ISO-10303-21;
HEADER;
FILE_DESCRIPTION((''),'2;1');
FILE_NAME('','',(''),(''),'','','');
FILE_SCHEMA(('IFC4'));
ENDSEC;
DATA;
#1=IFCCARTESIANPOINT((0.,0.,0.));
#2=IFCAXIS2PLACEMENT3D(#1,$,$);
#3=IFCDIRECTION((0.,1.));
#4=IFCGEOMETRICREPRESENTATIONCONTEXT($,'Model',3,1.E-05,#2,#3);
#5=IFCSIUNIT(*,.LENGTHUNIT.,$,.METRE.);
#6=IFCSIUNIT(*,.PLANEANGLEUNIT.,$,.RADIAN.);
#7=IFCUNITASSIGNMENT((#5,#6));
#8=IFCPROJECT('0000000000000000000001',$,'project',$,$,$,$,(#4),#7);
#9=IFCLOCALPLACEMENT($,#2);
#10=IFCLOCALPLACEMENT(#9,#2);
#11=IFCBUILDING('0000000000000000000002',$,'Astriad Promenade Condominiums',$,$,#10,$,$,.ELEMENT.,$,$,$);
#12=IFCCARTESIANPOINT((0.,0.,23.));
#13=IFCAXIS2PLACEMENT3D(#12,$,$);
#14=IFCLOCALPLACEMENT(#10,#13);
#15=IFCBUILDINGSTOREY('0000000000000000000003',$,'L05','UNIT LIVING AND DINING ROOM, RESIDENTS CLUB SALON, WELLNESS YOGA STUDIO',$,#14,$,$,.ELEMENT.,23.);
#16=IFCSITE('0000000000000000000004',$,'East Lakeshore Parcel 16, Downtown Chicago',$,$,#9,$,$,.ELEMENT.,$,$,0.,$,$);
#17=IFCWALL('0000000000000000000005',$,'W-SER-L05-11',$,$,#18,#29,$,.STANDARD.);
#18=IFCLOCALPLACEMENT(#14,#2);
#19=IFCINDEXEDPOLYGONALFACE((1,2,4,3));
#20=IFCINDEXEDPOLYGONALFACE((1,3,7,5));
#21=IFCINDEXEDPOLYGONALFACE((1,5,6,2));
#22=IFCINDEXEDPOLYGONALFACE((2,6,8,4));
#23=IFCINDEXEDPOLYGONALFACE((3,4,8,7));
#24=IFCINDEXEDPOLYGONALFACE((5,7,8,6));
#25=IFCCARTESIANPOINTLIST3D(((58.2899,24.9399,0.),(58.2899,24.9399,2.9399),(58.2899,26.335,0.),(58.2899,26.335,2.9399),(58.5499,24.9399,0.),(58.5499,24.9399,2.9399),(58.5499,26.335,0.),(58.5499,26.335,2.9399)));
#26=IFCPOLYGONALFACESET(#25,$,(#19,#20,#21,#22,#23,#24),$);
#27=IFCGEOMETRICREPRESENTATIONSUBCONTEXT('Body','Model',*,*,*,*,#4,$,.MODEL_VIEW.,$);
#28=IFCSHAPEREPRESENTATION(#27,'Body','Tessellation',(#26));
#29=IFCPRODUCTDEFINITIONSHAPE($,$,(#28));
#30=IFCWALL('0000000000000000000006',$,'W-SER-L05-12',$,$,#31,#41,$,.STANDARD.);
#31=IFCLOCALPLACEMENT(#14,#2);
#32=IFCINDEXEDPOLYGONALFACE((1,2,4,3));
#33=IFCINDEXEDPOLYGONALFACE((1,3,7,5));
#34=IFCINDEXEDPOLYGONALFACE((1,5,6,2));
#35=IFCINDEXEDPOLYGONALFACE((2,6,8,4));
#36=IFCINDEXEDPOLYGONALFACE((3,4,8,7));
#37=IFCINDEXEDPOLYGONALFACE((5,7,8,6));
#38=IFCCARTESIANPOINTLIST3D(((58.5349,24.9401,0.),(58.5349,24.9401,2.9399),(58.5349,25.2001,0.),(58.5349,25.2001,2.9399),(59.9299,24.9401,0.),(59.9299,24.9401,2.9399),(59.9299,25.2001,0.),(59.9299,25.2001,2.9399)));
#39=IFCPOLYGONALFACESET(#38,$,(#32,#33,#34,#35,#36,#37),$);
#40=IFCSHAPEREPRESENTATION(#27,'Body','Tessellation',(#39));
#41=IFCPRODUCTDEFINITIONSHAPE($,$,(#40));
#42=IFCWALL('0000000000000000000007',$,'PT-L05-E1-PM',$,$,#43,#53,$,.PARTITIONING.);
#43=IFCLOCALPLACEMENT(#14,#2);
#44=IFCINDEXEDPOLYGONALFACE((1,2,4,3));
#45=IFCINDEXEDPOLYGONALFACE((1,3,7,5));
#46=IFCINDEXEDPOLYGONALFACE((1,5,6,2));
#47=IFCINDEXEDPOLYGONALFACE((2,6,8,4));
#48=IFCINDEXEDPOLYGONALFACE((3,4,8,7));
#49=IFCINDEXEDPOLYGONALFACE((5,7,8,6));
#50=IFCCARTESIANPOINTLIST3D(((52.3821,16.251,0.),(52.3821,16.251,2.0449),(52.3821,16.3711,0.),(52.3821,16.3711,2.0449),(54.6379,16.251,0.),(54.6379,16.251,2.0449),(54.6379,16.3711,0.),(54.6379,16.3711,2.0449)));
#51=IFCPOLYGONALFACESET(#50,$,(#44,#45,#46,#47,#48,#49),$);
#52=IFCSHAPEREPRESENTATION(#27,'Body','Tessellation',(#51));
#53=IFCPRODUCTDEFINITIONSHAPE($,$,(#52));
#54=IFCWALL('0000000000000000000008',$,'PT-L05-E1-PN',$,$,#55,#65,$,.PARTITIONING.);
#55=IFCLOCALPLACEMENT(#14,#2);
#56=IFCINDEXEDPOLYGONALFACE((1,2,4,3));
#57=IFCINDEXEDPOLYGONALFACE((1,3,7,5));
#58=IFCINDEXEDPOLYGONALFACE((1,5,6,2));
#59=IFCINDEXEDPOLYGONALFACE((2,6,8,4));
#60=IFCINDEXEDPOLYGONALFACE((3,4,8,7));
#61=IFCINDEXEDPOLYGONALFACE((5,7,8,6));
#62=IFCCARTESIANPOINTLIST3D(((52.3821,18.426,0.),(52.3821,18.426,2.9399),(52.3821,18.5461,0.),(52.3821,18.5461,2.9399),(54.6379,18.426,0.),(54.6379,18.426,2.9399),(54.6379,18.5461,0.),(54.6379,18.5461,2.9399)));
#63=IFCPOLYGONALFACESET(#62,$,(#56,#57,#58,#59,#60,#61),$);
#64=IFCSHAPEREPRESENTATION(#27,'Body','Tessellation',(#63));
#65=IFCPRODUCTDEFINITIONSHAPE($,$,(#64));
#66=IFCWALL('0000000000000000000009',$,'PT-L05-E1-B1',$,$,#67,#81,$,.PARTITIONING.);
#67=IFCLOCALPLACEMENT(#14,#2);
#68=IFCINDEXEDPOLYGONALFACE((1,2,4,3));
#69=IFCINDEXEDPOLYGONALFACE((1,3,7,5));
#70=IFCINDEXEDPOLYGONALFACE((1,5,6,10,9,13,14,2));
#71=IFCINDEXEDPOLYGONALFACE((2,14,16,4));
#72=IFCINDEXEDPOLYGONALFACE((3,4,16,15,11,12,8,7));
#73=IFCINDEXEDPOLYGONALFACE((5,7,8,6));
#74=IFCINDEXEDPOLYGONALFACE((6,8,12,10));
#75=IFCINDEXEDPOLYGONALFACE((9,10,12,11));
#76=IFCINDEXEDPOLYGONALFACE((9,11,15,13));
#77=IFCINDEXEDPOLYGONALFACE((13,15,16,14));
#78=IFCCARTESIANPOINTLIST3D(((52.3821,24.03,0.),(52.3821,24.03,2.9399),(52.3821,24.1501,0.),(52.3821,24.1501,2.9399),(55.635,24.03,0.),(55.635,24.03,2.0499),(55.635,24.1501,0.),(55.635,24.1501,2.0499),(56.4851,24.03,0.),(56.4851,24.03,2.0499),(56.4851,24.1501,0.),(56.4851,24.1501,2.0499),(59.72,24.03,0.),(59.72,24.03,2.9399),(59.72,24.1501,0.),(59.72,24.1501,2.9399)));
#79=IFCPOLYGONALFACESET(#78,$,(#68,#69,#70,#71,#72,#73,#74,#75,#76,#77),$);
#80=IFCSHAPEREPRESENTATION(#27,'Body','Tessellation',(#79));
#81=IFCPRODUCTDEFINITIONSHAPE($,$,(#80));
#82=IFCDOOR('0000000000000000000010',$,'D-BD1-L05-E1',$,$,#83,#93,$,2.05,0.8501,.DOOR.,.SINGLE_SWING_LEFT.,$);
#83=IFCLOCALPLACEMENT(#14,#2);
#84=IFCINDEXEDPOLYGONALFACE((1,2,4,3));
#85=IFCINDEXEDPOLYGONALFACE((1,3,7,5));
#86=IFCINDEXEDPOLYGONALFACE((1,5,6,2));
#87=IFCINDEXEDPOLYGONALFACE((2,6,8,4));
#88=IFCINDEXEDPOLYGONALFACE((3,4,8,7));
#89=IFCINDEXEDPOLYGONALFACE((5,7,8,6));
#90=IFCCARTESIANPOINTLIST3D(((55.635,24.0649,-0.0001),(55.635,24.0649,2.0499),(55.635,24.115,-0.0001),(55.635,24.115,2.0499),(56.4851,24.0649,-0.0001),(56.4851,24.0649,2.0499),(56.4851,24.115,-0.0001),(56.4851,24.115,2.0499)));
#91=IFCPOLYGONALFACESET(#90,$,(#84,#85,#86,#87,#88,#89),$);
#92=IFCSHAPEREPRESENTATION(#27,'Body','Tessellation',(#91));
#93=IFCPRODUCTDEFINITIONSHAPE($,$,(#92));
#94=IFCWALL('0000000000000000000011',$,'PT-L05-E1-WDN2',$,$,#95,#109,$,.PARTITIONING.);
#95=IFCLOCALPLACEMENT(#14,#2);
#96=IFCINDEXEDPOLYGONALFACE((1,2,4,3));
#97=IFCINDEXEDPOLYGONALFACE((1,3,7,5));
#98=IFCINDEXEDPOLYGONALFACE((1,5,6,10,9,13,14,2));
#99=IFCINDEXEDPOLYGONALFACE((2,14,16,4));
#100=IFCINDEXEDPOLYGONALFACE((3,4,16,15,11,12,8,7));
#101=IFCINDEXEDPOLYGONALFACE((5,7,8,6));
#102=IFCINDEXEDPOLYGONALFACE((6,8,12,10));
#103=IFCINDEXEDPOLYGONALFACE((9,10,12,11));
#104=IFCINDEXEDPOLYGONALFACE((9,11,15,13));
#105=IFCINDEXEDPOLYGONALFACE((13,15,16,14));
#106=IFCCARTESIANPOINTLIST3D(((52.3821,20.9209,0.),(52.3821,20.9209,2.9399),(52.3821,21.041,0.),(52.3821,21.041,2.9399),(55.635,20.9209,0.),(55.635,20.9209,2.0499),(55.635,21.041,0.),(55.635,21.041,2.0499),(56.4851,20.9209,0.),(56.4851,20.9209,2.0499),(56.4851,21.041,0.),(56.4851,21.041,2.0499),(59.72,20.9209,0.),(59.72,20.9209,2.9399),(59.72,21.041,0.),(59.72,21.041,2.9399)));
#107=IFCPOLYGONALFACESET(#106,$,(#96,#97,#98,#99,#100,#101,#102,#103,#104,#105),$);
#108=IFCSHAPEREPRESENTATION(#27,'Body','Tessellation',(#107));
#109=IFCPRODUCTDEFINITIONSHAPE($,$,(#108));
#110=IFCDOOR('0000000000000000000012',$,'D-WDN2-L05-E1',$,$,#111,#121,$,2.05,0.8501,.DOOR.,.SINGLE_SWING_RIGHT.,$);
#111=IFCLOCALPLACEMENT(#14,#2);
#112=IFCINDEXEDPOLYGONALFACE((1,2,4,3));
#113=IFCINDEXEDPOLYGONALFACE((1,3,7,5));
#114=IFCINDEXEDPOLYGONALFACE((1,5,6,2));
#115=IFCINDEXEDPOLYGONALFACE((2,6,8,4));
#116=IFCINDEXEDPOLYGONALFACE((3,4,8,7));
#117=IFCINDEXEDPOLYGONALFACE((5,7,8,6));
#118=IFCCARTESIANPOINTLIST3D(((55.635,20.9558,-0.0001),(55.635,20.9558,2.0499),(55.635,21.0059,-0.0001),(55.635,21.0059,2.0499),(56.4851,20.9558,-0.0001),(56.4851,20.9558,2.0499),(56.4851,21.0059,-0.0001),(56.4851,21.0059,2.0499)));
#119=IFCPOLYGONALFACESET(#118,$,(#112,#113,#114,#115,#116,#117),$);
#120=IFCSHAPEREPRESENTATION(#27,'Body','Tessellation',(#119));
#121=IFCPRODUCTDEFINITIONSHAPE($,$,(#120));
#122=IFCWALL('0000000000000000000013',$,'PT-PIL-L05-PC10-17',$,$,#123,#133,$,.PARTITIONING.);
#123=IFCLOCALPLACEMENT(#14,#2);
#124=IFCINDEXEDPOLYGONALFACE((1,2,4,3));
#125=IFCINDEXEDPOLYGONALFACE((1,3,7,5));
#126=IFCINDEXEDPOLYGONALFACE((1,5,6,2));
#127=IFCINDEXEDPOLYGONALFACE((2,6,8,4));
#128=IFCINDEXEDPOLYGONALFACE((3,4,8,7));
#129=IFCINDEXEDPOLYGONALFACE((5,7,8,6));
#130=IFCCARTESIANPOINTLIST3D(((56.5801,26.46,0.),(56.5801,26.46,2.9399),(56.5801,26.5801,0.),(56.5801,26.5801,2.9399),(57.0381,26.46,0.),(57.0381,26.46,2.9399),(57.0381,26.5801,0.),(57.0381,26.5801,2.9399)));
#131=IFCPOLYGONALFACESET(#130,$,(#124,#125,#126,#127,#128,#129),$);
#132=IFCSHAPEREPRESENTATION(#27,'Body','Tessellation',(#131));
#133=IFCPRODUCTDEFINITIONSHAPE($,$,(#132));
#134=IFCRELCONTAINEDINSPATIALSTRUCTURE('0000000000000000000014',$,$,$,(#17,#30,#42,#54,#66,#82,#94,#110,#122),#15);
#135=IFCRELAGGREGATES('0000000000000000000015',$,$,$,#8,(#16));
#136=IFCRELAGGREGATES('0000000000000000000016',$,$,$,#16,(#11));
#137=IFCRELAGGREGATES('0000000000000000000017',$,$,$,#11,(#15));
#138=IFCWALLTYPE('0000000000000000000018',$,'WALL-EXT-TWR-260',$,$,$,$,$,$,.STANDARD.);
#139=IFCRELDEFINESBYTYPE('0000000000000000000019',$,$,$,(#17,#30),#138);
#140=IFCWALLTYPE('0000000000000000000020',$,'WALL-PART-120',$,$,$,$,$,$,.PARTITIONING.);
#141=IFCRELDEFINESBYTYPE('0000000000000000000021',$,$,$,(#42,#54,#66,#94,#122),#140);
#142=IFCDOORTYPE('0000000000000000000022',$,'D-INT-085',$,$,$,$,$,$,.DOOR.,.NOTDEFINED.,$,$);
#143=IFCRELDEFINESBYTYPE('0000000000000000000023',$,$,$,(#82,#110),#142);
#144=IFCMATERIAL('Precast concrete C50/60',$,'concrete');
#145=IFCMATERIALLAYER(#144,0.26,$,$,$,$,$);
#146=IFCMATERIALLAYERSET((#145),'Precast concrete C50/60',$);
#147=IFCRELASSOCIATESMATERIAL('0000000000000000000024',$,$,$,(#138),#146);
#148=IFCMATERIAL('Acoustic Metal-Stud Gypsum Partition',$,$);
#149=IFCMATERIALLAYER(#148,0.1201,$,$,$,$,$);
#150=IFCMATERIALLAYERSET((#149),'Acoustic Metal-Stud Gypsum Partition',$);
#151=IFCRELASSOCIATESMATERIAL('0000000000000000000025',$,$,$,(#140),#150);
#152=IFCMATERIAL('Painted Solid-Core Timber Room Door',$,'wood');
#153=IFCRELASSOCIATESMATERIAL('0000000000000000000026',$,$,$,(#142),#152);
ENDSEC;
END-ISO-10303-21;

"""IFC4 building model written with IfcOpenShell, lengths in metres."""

from ifc_helpers import new_model, si_unit, direction, frame, frame_2d, origin, place, context, subcontext, project, spatial, rectangle, extrude, source, transform, mapped, material, layer, layer_set, type_object, type_shapes, element, fill, save


model = new_model("IFC4")

# Units and contexts
model_context = context("Model", 3, precision=1e-05, world=origin(), true_north=direction((0.0, 1.0)))
body_context = subcontext(model_context, "Body", "Model", "MODEL_VIEW")
ifc_project = project(units=[si_unit("LENGTHUNIT", "METRE"), si_unit("PLANEANGLEUNIT", "RADIAN")], contexts=[model_context])

# Site, building, storey
site_placement = place(None, origin())
site = spatial("IfcSite", under=ifc_project, at=site_placement, Name="East Lakeshore Parcel 16, Downtown Chicago", CompositionType="ELEMENT", RefElevation=0.0)
building_placement = place(site_placement, origin())
building = spatial("IfcBuilding", under=site, at=building_placement, Name="Astriad Promenade Condominiums", CompositionType="ELEMENT")
storey_placement = place(building_placement, frame((0.0, 0.0, 23.0)))
storey = spatial("IfcBuildingStorey", under=building, at=storey_placement, Name="L05", Description="UNIT LIVING AND DINING ROOM, RESIDENTS CLUB SALON, WELLNESS YOGA STUDIO", CompositionType="ELEMENT", Elevation=23.0)

# Walls
ifc_material_1 = material(Name="Precast concrete C50/60", Category="concrete")
ifc_layer_1 = layer(ifc_material_1, 0.26)
ifc_layer_set_1 = layer_set([ifc_layer_1], Name="Precast concrete C50/60")
wall_type_1 = type_object("IfcWallType", Name="WALL-EXT-TWR-260", PredefinedType="STANDARD", material=ifc_layer_set_1)
for number, where, z_axis, x_axis, name in (
    (1, (58.4199, 26.335, 0.0), (0.0, 0.0, 1.0), (0.0, -1.0, 0.0), "W-SER-L05-11"),
    (2, (58.5349, 25.0701, 0.0), (0.0, 0.0, 1.0), (1.0, 0.0, 0.0), "W-SER-L05-12"),
):
    element("IfcWall", number, at=place(storey_placement, frame(where, z_axis=z_axis, x_axis=x_axis)), inside=storey, type_object=wall_type_1, Name=name, PredefinedType="STANDARD", context=body_context, shape_type="SweptSolid", body=[
        extrude(rectangle(XDim=1.395, YDim=0.26, at=frame_2d((0.6975, 0.0))), origin(), (0.0, 0.0, 1.0), 2.9399),
    ])
ifc_material_2 = material(Name="Acoustic Metal-Stud Gypsum Partition")
ifc_layer_2 = layer(ifc_material_2, 0.1201)
ifc_layer_set_2 = layer_set([ifc_layer_2], Name="Acoustic Metal-Stud Gypsum Partition")
wall_type_2 = type_object("IfcWallType", Name="WALL-PART-120", PredefinedType="PARTITIONING", material=ifc_layer_set_2)
wall_1_placement = place(storey_placement, frame((52.3821, 16.311, 0.0), z_axis=(0.0, 0.0, 1.0), x_axis=(1.0, 0.0, 0.0)))
element("IfcWall", 3, at=wall_1_placement, inside=storey, type_object=wall_type_2, Name="PT-L05-E1-PM", PredefinedType="PARTITIONING", context=body_context, shape_type="SweptSolid", body=[
    extrude(rectangle(XDim=2.2559, YDim=0.1201, at=frame_2d((1.1279, 0.0))), origin(), (0.0, 0.0, 1.0), 2.0449),
])
wall_2_placement = place(storey_placement, frame((52.3821, 18.4861, 0.0), z_axis=(0.0, 0.0, 1.0), x_axis=(1.0, 0.0, 0.0)))
element("IfcWall", 4, at=wall_2_placement, inside=storey, type_object=wall_type_2, Name="PT-L05-E1-PN", PredefinedType="PARTITIONING", context=body_context, shape_type="SweptSolid", body=[
    extrude(rectangle(XDim=2.2559, YDim=0.1201, at=frame_2d((1.1279, 0.0))), origin(), (0.0, 0.0, 1.0), 2.9399),
])

# Walls, openings, doors
wall_3_placement = place(storey_placement, frame((52.3821, 24.0901, 0.0), z_axis=(0.0, 0.0, 1.0), x_axis=(1.0, 0.0, 0.0)))
wall_3 = element("IfcWall", 5, at=wall_3_placement, inside=storey, type_object=wall_type_2, Name="PT-L05-E1-B1", PredefinedType="PARTITIONING", context=body_context, shape_type="SweptSolid", body=[
    extrude(rectangle(XDim=7.3379, YDim=0.1201, at=frame_2d((3.6689, 0.0))), origin(), (0.0, 0.0, 1.0), 2.9399),
])
opening_1_placement = place(wall_3_placement, frame((3.2529, 0.0, 0.0)))
opening_1 = element("IfcOpeningElement", 6, at=opening_1_placement, cuts=wall_3, PredefinedType="OPENING", context=body_context, shape_type="SweptSolid", body=[
    extrude(rectangle(XDim=0.8501, YDim=2.05, at=frame_2d((0.425, 1.0249))), frame((0.0, 0.0701, 0.0), z_axis=(0.0, -1.0, 0.0), x_axis=(1.0, 0.0, 0.0)), (0.0, 0.0, 1.0), 0.1401),
])
ifc_material_3 = material(Name="Painted Solid-Core Timber Room Door", Category="wood")
door_type = type_object("IfcDoorType", Name="D-INT-085", OperationType="NOTDEFINED", PredefinedType="DOOR", material=ifc_material_3)
shared_shape_1 = source(origin(), body_context, "Body", "SweptSolid", [
    extrude(rectangle(XDim=0.8501, YDim=2.05, at=frame_2d((0.425, 1.0249))), frame((0.0, 0.0249, 0.0), z_axis=(0.0, -1.0, 0.0), x_axis=(1.0, 0.0, 0.0)), (0.0, 0.0, 1.0), 0.05),
])
type_shapes(door_type, [shared_shape_1])
door_1_placement = place(opening_1_placement, origin())
door_1 = element("IfcDoor", 7, at=door_1_placement, inside=storey, type_object=door_type, Name="D-BD1-L05-E1", OperationType="SINGLE_SWING_LEFT", OverallHeight=2.05, OverallWidth=0.8501, PredefinedType="DOOR", context=body_context, shape_type="MappedRepresentation", body=[
    mapped(shared_shape_1, transform((0.0, 0.0, 0.0), scale=1.0)),
])
fill(opening_1, door_1)
wall_4_placement = place(storey_placement, frame((52.3821, 20.981, 0.0), z_axis=(0.0, 0.0, 1.0), x_axis=(1.0, 0.0, 0.0)))
wall_4 = element("IfcWall", 8, at=wall_4_placement, inside=storey, type_object=wall_type_2, Name="PT-L05-E1-WDN2", PredefinedType="PARTITIONING", context=body_context, shape_type="SweptSolid", body=[
    extrude(rectangle(XDim=7.3379, YDim=0.1201, at=frame_2d((3.6689, 0.0))), origin(), (0.0, 0.0, 1.0), 2.9399),
])
opening_2_placement = place(wall_4_placement, frame((3.2529, 0.0, 0.0)))
opening_2 = element("IfcOpeningElement", 9, at=opening_2_placement, cuts=wall_4, PredefinedType="OPENING", context=body_context, shape_type="SweptSolid", body=[
    extrude(rectangle(XDim=0.8501, YDim=2.05, at=frame_2d((0.425, 1.0249))), frame((0.0, 0.0701, 0.0), z_axis=(0.0, -1.0, 0.0), x_axis=(1.0, 0.0, 0.0)), (0.0, 0.0, 1.0), 0.1401),
])
door_2_placement = place(opening_2_placement, origin())
door_2 = element("IfcDoor", 10, at=door_2_placement, inside=storey, type_object=door_type, Name="D-WDN2-L05-E1", OperationType="SINGLE_SWING_RIGHT", OverallHeight=2.05, OverallWidth=0.8501, PredefinedType="DOOR", context=body_context, shape_type="MappedRepresentation", body=[
    mapped(shared_shape_1, transform((0.0, 0.0, 0.0), scale=1.0)),
])
fill(opening_2, door_2)

# Wall
wall_5_placement = place(storey_placement, frame((56.5801, 26.52, 0.0), z_axis=(0.0, 0.0, 1.0), x_axis=(1.0, 0.0, 0.0)))
element("IfcWall", 11, at=wall_5_placement, inside=storey, type_object=wall_type_2, Name="PT-PIL-L05-PC10-17", PredefinedType="PARTITIONING", context=body_context, shape_type="SweptSolid", body=[
    extrude(rectangle(XDim=0.458, YDim=0.1201, at=frame_2d((0.229, 0.0))), origin(), (0.0, 0.0, 1.0), 2.9399),
])

save(model, "model.ifc")
